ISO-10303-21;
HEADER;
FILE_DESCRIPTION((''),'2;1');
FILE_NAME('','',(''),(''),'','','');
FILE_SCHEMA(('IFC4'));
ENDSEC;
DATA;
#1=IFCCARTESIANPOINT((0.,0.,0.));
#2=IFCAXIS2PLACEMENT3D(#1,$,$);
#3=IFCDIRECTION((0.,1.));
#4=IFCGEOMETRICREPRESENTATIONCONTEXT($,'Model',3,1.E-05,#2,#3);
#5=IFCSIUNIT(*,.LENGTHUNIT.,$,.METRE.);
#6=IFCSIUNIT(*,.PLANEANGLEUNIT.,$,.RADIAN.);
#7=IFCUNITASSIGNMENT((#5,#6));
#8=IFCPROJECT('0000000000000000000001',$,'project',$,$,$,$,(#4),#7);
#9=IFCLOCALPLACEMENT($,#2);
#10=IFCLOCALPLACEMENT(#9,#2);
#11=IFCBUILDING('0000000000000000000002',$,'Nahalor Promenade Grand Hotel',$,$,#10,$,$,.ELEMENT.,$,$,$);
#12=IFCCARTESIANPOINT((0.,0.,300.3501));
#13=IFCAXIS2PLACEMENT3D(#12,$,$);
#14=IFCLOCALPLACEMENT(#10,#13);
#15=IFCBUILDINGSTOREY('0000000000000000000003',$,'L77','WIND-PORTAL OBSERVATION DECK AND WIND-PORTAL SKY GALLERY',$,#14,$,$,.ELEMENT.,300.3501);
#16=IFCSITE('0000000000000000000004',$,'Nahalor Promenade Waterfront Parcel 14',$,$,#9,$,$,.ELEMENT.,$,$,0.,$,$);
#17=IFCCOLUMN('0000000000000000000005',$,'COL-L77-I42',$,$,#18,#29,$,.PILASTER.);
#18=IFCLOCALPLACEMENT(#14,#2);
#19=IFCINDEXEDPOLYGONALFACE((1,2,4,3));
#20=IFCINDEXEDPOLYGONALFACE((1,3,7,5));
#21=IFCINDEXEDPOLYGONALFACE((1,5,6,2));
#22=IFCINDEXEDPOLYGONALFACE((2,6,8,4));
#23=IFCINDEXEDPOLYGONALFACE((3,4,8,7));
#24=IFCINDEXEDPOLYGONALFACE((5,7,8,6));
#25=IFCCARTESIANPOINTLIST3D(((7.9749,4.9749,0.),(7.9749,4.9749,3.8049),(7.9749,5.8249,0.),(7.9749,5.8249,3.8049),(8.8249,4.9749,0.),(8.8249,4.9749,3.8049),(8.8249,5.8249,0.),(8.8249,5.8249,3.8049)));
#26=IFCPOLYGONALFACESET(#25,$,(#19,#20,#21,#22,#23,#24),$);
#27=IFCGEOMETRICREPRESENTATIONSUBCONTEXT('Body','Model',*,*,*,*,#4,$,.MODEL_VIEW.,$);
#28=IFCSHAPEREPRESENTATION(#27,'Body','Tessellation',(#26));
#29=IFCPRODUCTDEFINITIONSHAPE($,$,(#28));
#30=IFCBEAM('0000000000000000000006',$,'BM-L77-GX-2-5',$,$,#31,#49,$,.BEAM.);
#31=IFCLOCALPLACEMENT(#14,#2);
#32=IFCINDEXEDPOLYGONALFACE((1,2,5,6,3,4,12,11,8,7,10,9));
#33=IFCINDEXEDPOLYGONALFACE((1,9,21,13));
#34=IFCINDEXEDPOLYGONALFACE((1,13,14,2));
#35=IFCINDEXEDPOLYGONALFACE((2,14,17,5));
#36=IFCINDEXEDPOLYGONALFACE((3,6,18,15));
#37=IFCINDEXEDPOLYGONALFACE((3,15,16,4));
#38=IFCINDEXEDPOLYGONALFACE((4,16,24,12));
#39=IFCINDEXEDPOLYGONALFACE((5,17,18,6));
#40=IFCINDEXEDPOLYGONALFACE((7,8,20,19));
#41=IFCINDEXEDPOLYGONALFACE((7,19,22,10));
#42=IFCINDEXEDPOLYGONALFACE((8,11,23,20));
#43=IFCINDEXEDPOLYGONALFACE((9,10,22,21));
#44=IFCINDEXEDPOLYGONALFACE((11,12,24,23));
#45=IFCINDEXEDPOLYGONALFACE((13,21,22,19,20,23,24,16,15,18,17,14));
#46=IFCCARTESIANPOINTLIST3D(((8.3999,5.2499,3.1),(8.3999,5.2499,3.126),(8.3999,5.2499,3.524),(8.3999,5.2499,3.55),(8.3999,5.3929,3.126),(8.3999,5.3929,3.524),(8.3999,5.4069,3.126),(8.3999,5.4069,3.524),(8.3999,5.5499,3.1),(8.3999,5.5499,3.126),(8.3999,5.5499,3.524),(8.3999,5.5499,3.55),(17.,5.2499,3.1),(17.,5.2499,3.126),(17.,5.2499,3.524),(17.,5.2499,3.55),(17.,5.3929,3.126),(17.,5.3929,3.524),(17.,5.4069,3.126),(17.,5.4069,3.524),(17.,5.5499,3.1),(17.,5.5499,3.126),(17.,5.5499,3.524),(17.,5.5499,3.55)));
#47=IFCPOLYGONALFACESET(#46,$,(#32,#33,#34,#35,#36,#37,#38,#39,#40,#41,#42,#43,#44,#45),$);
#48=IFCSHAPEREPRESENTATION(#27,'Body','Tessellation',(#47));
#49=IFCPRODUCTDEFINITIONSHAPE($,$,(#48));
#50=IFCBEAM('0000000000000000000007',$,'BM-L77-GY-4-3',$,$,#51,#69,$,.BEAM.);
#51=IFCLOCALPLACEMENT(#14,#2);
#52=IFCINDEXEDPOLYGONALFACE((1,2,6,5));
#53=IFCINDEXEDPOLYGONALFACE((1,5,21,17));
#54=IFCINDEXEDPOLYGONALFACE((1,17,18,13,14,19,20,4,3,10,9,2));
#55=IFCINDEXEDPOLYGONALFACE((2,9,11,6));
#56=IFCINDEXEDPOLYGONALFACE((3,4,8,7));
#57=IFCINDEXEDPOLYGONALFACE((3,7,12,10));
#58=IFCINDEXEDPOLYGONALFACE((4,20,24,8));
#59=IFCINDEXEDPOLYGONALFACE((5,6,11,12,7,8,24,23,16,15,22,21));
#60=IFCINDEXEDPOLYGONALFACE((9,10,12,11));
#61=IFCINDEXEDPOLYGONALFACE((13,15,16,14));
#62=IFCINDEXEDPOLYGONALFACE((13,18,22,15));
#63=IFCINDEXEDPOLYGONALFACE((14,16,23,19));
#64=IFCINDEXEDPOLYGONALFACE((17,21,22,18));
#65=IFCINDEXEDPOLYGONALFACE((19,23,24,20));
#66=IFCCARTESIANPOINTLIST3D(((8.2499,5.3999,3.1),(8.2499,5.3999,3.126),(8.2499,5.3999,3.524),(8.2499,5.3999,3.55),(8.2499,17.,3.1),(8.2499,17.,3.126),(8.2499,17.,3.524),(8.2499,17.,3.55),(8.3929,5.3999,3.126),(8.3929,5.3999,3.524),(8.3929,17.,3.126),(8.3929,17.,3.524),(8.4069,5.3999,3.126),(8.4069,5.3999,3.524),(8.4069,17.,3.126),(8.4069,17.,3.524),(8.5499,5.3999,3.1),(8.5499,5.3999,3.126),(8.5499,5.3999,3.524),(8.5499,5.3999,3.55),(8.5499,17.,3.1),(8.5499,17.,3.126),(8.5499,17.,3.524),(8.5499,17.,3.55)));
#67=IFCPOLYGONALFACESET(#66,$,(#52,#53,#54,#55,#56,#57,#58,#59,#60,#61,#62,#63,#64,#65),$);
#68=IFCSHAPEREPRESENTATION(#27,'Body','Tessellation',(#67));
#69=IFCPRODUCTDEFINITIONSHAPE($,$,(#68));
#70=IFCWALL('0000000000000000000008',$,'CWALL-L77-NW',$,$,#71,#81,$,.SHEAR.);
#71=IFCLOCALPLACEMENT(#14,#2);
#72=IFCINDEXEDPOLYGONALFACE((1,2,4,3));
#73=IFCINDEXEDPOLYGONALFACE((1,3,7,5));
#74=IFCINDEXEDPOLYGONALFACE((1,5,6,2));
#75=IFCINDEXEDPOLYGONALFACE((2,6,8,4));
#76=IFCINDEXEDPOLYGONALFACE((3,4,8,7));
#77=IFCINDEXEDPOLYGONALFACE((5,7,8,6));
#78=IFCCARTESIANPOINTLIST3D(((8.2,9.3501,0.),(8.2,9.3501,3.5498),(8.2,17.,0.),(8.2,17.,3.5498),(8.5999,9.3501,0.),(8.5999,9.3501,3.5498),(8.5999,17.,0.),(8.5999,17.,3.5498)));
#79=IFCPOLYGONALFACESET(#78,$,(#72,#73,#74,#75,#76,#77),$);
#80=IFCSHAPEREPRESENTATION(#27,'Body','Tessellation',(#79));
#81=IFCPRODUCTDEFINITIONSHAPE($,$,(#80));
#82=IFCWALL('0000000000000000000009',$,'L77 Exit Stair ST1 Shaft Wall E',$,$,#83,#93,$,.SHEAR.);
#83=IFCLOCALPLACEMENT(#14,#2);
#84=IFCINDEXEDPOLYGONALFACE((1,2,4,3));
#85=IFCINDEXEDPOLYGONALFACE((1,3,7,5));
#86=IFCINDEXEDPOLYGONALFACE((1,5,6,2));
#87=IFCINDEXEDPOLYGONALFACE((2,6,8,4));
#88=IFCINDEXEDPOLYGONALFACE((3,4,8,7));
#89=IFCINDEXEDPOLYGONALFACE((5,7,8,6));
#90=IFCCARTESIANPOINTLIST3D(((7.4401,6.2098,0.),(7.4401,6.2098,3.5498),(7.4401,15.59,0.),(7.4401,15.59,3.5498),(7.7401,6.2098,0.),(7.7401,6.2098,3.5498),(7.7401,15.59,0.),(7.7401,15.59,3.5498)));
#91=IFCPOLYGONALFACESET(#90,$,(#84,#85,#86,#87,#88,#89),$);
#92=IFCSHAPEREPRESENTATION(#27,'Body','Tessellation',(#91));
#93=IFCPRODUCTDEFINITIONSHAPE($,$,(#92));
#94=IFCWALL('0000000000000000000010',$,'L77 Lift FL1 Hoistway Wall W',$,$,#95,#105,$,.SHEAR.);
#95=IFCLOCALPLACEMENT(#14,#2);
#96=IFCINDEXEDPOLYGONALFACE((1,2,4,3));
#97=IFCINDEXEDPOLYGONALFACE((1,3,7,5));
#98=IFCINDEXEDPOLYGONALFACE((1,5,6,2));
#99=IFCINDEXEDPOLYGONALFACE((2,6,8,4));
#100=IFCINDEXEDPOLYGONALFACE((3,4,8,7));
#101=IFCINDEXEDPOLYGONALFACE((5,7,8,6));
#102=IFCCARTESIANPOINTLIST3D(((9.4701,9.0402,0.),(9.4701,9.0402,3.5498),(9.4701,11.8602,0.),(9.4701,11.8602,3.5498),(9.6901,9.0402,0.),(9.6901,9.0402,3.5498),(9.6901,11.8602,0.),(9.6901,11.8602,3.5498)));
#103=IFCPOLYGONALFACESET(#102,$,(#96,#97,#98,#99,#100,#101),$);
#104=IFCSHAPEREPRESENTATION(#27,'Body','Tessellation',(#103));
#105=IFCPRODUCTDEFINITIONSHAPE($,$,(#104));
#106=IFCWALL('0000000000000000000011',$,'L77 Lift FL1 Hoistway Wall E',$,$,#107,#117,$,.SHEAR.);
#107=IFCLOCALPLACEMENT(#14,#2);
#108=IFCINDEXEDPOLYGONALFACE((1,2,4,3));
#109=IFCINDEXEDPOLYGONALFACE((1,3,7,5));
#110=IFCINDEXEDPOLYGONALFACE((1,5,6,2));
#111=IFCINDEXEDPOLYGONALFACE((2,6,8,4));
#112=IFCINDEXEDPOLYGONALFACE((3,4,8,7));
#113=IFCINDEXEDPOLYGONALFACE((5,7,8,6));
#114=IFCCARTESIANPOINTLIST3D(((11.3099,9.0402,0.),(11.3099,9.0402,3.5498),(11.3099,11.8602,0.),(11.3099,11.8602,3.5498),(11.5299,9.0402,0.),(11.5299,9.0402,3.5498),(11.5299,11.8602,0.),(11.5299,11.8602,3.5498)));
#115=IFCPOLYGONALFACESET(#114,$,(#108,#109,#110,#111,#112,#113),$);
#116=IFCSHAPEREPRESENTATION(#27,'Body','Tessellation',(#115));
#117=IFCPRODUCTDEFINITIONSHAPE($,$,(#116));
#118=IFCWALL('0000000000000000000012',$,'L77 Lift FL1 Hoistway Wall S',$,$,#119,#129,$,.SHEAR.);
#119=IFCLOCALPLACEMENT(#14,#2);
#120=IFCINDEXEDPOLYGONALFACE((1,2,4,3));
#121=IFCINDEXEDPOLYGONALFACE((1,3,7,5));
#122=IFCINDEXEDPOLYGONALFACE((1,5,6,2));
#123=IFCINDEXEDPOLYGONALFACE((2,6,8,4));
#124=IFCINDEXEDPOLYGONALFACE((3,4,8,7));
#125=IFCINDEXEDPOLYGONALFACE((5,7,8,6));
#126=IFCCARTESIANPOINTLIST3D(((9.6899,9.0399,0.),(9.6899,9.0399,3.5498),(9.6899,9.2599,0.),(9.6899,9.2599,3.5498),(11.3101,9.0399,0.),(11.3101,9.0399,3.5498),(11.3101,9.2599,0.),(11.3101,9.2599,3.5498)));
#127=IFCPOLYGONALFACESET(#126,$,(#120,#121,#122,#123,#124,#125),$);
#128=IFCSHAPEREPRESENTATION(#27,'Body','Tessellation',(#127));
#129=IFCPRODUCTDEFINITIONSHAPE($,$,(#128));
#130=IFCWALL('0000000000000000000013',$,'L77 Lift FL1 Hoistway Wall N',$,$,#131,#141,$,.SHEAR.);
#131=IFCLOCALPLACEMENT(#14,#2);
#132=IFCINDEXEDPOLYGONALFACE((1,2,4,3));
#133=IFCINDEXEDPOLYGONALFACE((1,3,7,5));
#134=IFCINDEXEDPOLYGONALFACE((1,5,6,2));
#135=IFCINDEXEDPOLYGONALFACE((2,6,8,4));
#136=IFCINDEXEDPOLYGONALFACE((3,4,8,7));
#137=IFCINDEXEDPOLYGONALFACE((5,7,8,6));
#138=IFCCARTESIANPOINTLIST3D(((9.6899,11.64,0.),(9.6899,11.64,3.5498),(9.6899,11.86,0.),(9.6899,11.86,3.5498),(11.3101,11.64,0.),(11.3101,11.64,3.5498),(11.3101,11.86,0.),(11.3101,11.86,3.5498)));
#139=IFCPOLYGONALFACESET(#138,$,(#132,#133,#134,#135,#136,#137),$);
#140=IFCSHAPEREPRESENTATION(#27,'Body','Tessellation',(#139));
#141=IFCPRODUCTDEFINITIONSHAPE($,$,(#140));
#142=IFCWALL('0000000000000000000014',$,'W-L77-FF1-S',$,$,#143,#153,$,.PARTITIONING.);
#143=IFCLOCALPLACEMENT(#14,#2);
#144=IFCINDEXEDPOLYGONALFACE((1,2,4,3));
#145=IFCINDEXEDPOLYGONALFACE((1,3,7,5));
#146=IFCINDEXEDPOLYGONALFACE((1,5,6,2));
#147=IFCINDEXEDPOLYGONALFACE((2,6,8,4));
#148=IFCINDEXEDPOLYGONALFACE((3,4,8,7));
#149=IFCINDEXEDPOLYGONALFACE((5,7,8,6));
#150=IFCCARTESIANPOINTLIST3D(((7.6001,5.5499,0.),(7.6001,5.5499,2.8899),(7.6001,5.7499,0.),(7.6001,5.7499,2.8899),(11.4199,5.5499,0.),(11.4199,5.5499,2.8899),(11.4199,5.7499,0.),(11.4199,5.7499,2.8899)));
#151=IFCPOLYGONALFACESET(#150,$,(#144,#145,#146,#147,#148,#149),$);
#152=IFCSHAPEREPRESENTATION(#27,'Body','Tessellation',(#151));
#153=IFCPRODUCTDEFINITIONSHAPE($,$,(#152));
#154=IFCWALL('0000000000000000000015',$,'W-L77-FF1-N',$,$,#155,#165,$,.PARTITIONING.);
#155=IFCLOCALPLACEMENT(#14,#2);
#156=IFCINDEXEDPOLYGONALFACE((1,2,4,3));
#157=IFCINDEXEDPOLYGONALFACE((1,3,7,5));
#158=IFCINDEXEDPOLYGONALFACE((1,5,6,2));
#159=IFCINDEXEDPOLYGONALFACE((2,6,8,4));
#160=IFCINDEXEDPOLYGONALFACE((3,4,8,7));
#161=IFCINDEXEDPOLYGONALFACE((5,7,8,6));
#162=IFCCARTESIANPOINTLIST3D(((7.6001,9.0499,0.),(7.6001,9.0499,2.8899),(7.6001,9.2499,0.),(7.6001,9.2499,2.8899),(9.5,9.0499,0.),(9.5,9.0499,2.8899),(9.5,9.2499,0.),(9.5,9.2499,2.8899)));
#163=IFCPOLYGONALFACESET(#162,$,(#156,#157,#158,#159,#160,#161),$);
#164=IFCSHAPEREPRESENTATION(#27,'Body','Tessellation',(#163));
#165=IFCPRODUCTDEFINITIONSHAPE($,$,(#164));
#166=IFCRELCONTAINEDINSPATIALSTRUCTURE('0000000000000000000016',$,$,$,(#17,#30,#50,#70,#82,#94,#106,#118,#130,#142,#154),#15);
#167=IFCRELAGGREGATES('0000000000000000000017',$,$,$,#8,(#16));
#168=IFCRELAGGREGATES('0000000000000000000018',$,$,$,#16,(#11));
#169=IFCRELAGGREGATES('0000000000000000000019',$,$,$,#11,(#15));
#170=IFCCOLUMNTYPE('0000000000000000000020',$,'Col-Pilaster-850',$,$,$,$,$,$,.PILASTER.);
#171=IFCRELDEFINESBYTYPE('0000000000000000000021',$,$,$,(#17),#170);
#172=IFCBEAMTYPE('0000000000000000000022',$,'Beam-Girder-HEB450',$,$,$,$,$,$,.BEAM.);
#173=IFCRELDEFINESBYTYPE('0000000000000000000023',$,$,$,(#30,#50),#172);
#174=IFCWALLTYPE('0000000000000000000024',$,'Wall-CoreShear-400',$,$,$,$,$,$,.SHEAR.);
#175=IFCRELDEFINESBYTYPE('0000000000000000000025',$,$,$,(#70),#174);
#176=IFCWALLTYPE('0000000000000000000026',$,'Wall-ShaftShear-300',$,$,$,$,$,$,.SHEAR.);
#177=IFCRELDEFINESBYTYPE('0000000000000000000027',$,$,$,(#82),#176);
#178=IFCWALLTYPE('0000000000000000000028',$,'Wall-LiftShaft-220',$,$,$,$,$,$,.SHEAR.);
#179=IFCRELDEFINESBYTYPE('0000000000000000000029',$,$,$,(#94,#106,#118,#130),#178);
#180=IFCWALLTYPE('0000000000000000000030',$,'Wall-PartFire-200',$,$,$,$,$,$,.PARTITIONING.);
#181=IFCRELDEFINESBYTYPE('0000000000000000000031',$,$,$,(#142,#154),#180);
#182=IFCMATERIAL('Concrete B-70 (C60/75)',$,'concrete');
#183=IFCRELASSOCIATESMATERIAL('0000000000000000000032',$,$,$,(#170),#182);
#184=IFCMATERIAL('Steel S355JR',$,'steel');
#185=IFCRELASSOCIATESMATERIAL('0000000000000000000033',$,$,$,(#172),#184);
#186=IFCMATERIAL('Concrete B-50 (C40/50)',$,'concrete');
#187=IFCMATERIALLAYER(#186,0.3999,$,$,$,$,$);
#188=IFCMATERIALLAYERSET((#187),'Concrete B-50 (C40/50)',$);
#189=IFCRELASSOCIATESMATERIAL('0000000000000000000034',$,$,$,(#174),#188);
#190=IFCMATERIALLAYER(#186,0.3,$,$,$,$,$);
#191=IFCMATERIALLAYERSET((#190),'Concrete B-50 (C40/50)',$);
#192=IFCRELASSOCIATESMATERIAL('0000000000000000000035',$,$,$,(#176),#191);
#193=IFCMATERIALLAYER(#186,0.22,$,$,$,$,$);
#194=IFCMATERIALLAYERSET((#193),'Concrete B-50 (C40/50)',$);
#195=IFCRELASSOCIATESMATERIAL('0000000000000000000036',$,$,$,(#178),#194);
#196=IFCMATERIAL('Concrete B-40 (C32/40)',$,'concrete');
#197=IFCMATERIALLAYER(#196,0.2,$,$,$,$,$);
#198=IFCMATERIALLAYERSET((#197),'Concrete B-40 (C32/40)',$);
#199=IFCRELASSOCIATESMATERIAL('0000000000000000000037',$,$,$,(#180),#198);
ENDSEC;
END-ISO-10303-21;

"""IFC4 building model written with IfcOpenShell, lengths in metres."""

from ifc_helpers import new_model, si_unit, direction, frame, frame_2d, origin, origin_2d, place, context, subcontext, project, spatial, rectangle, i_section, extrude, source, transform, mapped, material, layer, layer_set, material_profile, profile_set, type_object, element, save


model = new_model("IFC4")

# Units and contexts
model_context = context("Model", 3, precision=1e-05, world=origin(), true_north=direction((0.0, 1.0)))
body_context = subcontext(model_context, "Body", "Model", "MODEL_VIEW")
ifc_project = project(units=[si_unit("LENGTHUNIT", "METRE"), si_unit("PLANEANGLEUNIT", "RADIAN")], contexts=[model_context])

# Site, building, storey
site_placement = place(None, origin())
site = spatial("IfcSite", under=ifc_project, at=site_placement, Name="Nahalor Promenade Waterfront Parcel 14", CompositionType="ELEMENT", RefElevation=0.0)
building_placement = place(site_placement, origin())
building = spatial("IfcBuilding", under=site, at=building_placement, Name="Nahalor Promenade Grand Hotel", CompositionType="ELEMENT")
storey_placement = place(building_placement, frame((0.0, 0.0, 300.3501)))
storey = spatial("IfcBuildingStorey", under=building, at=storey_placement, Name="L77", Description="WIND-PORTAL OBSERVATION DECK AND WIND-PORTAL SKY GALLERY", CompositionType="ELEMENT", Elevation=300.3501)

# Column
ifc_material_1 = material(Name="Concrete B-70 (C60/75)", Category="concrete")
ifc_material_profile_1 = material_profile(ifc_material_1, rectangle(XDim=0.85, YDim=0.85, at=origin_2d()), Name="RC 850x850")
ifc_profile_set_1 = profile_set([ifc_material_profile_1], Name="Concrete B-70 (C60/75)")
column_type = type_object("IfcColumnType", Name="Col-Pilaster-850", PredefinedType="PILASTER", material=ifc_profile_set_1)
shared_shape_1 = source(origin(), body_context, "Body", "SweptSolid", [
    extrude(rectangle(XDim=0.85, YDim=0.85, at=origin_2d()), origin(), (0.0, 0.0, 1.0), 3.8049),
])
column_placement = place(storey_placement, frame((8.3999, 5.3999, 0.0), z_axis=(0.0, 0.0, 1.0), x_axis=(1.0, 0.0, 0.0)))
element("IfcColumn", 1, at=column_placement, inside=storey, type_object=column_type, Name="COL-L77-I42", PredefinedType="PILASTER", context=body_context, shape_type="MappedRepresentation", body=[
    mapped(shared_shape_1, transform((0.0, 0.0, 0.0), scale=1.0)),
])

# Beams
ifc_material_2 = material(Name="Steel S355JR", Category="steel")
ifc_material_profile_2 = material_profile(ifc_material_2, i_section(OverallWidth=0.3, OverallDepth=0.45, WebThickness=0.014, FlangeThickness=0.026, at=origin_2d()), Name="HEB 450")
ifc_profile_set_2 = profile_set([ifc_material_profile_2], Name="Steel S355JR")
beam_type = type_object("IfcBeamType", Name="Beam-Girder-HEB450", PredefinedType="BEAM", material=ifc_profile_set_2)
shared_shape_2 = source(origin(), body_context, "Body", "SweptSolid", [
    extrude(i_section(OverallWidth=0.3, OverallDepth=0.45, WebThickness=0.014, FlangeThickness=0.026, at=origin_2d()), origin(), (0.0, 0.0, 1.0), 8.6001),
])
beam_1_placement = place(storey_placement, frame((8.3999, 5.3999, 3.325), z_axis=(1.0, 0.0, 0.0), x_axis=(0.0, 1.0, 0.0)))
element("IfcBeam", 2, at=beam_1_placement, inside=storey, type_object=beam_type, Name="BM-L77-GX-2-5", PredefinedType="BEAM", context=body_context, shape_type="MappedRepresentation", body=[
    mapped(shared_shape_2, transform((0.0, 0.0, 0.0), scale=1.0)),
])
shared_shape_3 = source(origin(), body_context, "Body", "SweptSolid", [
    extrude(i_section(OverallWidth=0.3, OverallDepth=0.45, WebThickness=0.014, FlangeThickness=0.026, at=origin_2d()), origin(), (0.0, 0.0, 1.0), 11.6001),
])
beam_2_placement = place(storey_placement, frame((8.3999, 5.3999, 3.325), z_axis=(0.0, 1.0, 0.0), x_axis=(-1.0, 0.0, 0.0)))
element("IfcBeam", 3, at=beam_2_placement, inside=storey, type_object=beam_type, Name="BM-L77-GY-4-3", PredefinedType="BEAM", context=body_context, shape_type="MappedRepresentation", body=[
    mapped(shared_shape_3, transform((0.0, 0.0, 0.0), scale=1.0)),
])

# Walls
ifc_material_3 = material(Name="Concrete B-50 (C40/50)", Category="concrete")
ifc_layer_1 = layer(ifc_material_3, 0.3999)
ifc_layer_set_1 = layer_set([ifc_layer_1], Name="Concrete B-50 (C40/50)")
wall_type_1 = type_object("IfcWallType", Name="Wall-CoreShear-400", PredefinedType="SHEAR", material=ifc_layer_set_1)
shared_shape_4 = source(origin(), body_context, "Body", "SweptSolid", [
    extrude(rectangle(XDim=7.6499, YDim=0.3999, at=frame_2d((3.825, 0.0))), origin(), (0.0, 0.0, 1.0), 3.5498),
])
wall_1_placement = place(storey_placement, frame((8.3999, 9.3501, 0.0), z_axis=(0.0, 0.0, 1.0), x_axis=(0.0, 1.0, 0.0)))
element("IfcWall", 4, at=wall_1_placement, inside=storey, type_object=wall_type_1, Name="CWALL-L77-NW", PredefinedType="SHEAR", context=body_context, shape_type="MappedRepresentation", body=[
    mapped(shared_shape_4, transform((0.0, 0.0, 0.0), scale=1.0)),
])
ifc_layer_2 = layer(ifc_material_3, 0.3)
ifc_layer_set_2 = layer_set([ifc_layer_2], Name="Concrete B-50 (C40/50)")
wall_type_2 = type_object("IfcWallType", Name="Wall-ShaftShear-300", PredefinedType="SHEAR", material=ifc_layer_set_2)
shared_shape_5 = source(origin(), body_context, "Body", "SweptSolid", [
    extrude(rectangle(XDim=9.3801, YDim=0.3, at=frame_2d((4.6899, 0.0))), origin(), (0.0, 0.0, 1.0), 3.5498),
])
wall_2_placement = place(storey_placement, frame((7.5901, 6.21, 0.0), z_axis=(0.0, 0.0, 1.0), x_axis=(0.0, 1.0, 0.0)))
element("IfcWall", 5, at=wall_2_placement, inside=storey, type_object=wall_type_2, Name="L77 Exit Stair ST1 Shaft Wall E", PredefinedType="SHEAR", context=body_context, shape_type="MappedRepresentation", body=[
    mapped(shared_shape_5, transform((0.0, 0.0, 0.0), scale=1.0)),
])
ifc_layer_3 = layer(ifc_material_3, 0.22)
ifc_layer_set_3 = layer_set([ifc_layer_3], Name="Concrete B-50 (C40/50)")
wall_type_3 = type_object("IfcWallType", Name="Wall-LiftShaft-220", PredefinedType="SHEAR", material=ifc_layer_set_3)
shared_shape_6 = source(origin(), body_context, "Body", "SweptSolid", [
    extrude(rectangle(XDim=2.8201, YDim=0.22, at=frame_2d((1.4102, 0.0))), origin(), (0.0, 0.0, 1.0), 3.5498),
])
for number, where, z_axis, x_axis, name in (
    (6, (9.5801, 9.04, 0.0), (0.0, 0.0, 1.0), (0.0, 1.0, 0.0), "L77 Lift FL1 Hoistway Wall W"),
    (7, (11.4199, 9.04, 0.0), (0.0, 0.0, 1.0), (0.0, 1.0, 0.0), "L77 Lift FL1 Hoistway Wall E"),
):
    element("IfcWall", number, at=place(storey_placement, frame(where, z_axis=z_axis, x_axis=x_axis)), inside=storey, type_object=wall_type_3, Name=name, PredefinedType="SHEAR", context=body_context, shape_type="MappedRepresentation", body=[
        mapped(shared_shape_6, transform((0.0, 0.0, 0.0), scale=1.0)),
    ])
shared_shape_7 = source(origin(), body_context, "Body", "SweptSolid", [
    extrude(rectangle(XDim=1.6201, YDim=0.22, at=frame_2d((0.8101, 0.0))), origin(), (0.0, 0.0, 1.0), 3.5498),
])
for number, where, z_axis, x_axis, name in (
    (8, (9.6899, 9.1499, 0.0), (0.0, 0.0, 1.0), (1.0, 0.0, 0.0), "L77 Lift FL1 Hoistway Wall S"),
    (9, (9.6899, 11.75, 0.0), (0.0, 0.0, 1.0), (1.0, 0.0, 0.0), "L77 Lift FL1 Hoistway Wall N"),
):
    element("IfcWall", number, at=place(storey_placement, frame(where, z_axis=z_axis, x_axis=x_axis)), inside=storey, type_object=wall_type_3, Name=name, PredefinedType="SHEAR", context=body_context, shape_type="MappedRepresentation", body=[
        mapped(shared_shape_7, transform((0.0, 0.0, 0.0), scale=1.0)),
    ])
ifc_material_4 = material(Name="Concrete B-40 (C32/40)", Category="concrete")
ifc_layer_4 = layer(ifc_material_4, 0.2)
ifc_layer_set_4 = layer_set([ifc_layer_4], Name="Concrete B-40 (C32/40)")
wall_type_4 = type_object("IfcWallType", Name="Wall-PartFire-200", PredefinedType="PARTITIONING", material=ifc_layer_set_4)
shared_shape_8 = source(origin(), body_context, "Body", "SweptSolid", [
    extrude(rectangle(XDim=3.8198, YDim=0.2, at=frame_2d((1.9099, 0.0))), origin(), (0.0, 0.0, 1.0), 2.8899),
])
wall_3_placement = place(storey_placement, frame((7.6001, 5.6499, 0.0), z_axis=(0.0, 0.0, 1.0), x_axis=(1.0, 0.0, 0.0)))
element("IfcWall", 10, at=wall_3_placement, inside=storey, type_object=wall_type_4, Name="W-L77-FF1-S", PredefinedType="PARTITIONING", context=body_context, shape_type="MappedRepresentation", body=[
    mapped(shared_shape_8, transform((0.0, 0.0, 0.0), scale=1.0)),
])
shared_shape_9 = source(origin(), body_context, "Body", "SweptSolid", [
    extrude(rectangle(XDim=1.8999, YDim=0.2, at=frame_2d((0.95, 0.0))), origin(), (0.0, 0.0, 1.0), 2.8899),
])
wall_4_placement = place(storey_placement, frame((7.6001, 9.1499, 0.0), z_axis=(0.0, 0.0, 1.0), x_axis=(1.0, 0.0, 0.0)))
element("IfcWall", 11, at=wall_4_placement, inside=storey, type_object=wall_type_4, Name="W-L77-FF1-N", PredefinedType="PARTITIONING", context=body_context, shape_type="MappedRepresentation", body=[
    mapped(shared_shape_9, transform((0.0, 0.0, 0.0), scale=1.0)),
])

save(model, "model.ifc")
